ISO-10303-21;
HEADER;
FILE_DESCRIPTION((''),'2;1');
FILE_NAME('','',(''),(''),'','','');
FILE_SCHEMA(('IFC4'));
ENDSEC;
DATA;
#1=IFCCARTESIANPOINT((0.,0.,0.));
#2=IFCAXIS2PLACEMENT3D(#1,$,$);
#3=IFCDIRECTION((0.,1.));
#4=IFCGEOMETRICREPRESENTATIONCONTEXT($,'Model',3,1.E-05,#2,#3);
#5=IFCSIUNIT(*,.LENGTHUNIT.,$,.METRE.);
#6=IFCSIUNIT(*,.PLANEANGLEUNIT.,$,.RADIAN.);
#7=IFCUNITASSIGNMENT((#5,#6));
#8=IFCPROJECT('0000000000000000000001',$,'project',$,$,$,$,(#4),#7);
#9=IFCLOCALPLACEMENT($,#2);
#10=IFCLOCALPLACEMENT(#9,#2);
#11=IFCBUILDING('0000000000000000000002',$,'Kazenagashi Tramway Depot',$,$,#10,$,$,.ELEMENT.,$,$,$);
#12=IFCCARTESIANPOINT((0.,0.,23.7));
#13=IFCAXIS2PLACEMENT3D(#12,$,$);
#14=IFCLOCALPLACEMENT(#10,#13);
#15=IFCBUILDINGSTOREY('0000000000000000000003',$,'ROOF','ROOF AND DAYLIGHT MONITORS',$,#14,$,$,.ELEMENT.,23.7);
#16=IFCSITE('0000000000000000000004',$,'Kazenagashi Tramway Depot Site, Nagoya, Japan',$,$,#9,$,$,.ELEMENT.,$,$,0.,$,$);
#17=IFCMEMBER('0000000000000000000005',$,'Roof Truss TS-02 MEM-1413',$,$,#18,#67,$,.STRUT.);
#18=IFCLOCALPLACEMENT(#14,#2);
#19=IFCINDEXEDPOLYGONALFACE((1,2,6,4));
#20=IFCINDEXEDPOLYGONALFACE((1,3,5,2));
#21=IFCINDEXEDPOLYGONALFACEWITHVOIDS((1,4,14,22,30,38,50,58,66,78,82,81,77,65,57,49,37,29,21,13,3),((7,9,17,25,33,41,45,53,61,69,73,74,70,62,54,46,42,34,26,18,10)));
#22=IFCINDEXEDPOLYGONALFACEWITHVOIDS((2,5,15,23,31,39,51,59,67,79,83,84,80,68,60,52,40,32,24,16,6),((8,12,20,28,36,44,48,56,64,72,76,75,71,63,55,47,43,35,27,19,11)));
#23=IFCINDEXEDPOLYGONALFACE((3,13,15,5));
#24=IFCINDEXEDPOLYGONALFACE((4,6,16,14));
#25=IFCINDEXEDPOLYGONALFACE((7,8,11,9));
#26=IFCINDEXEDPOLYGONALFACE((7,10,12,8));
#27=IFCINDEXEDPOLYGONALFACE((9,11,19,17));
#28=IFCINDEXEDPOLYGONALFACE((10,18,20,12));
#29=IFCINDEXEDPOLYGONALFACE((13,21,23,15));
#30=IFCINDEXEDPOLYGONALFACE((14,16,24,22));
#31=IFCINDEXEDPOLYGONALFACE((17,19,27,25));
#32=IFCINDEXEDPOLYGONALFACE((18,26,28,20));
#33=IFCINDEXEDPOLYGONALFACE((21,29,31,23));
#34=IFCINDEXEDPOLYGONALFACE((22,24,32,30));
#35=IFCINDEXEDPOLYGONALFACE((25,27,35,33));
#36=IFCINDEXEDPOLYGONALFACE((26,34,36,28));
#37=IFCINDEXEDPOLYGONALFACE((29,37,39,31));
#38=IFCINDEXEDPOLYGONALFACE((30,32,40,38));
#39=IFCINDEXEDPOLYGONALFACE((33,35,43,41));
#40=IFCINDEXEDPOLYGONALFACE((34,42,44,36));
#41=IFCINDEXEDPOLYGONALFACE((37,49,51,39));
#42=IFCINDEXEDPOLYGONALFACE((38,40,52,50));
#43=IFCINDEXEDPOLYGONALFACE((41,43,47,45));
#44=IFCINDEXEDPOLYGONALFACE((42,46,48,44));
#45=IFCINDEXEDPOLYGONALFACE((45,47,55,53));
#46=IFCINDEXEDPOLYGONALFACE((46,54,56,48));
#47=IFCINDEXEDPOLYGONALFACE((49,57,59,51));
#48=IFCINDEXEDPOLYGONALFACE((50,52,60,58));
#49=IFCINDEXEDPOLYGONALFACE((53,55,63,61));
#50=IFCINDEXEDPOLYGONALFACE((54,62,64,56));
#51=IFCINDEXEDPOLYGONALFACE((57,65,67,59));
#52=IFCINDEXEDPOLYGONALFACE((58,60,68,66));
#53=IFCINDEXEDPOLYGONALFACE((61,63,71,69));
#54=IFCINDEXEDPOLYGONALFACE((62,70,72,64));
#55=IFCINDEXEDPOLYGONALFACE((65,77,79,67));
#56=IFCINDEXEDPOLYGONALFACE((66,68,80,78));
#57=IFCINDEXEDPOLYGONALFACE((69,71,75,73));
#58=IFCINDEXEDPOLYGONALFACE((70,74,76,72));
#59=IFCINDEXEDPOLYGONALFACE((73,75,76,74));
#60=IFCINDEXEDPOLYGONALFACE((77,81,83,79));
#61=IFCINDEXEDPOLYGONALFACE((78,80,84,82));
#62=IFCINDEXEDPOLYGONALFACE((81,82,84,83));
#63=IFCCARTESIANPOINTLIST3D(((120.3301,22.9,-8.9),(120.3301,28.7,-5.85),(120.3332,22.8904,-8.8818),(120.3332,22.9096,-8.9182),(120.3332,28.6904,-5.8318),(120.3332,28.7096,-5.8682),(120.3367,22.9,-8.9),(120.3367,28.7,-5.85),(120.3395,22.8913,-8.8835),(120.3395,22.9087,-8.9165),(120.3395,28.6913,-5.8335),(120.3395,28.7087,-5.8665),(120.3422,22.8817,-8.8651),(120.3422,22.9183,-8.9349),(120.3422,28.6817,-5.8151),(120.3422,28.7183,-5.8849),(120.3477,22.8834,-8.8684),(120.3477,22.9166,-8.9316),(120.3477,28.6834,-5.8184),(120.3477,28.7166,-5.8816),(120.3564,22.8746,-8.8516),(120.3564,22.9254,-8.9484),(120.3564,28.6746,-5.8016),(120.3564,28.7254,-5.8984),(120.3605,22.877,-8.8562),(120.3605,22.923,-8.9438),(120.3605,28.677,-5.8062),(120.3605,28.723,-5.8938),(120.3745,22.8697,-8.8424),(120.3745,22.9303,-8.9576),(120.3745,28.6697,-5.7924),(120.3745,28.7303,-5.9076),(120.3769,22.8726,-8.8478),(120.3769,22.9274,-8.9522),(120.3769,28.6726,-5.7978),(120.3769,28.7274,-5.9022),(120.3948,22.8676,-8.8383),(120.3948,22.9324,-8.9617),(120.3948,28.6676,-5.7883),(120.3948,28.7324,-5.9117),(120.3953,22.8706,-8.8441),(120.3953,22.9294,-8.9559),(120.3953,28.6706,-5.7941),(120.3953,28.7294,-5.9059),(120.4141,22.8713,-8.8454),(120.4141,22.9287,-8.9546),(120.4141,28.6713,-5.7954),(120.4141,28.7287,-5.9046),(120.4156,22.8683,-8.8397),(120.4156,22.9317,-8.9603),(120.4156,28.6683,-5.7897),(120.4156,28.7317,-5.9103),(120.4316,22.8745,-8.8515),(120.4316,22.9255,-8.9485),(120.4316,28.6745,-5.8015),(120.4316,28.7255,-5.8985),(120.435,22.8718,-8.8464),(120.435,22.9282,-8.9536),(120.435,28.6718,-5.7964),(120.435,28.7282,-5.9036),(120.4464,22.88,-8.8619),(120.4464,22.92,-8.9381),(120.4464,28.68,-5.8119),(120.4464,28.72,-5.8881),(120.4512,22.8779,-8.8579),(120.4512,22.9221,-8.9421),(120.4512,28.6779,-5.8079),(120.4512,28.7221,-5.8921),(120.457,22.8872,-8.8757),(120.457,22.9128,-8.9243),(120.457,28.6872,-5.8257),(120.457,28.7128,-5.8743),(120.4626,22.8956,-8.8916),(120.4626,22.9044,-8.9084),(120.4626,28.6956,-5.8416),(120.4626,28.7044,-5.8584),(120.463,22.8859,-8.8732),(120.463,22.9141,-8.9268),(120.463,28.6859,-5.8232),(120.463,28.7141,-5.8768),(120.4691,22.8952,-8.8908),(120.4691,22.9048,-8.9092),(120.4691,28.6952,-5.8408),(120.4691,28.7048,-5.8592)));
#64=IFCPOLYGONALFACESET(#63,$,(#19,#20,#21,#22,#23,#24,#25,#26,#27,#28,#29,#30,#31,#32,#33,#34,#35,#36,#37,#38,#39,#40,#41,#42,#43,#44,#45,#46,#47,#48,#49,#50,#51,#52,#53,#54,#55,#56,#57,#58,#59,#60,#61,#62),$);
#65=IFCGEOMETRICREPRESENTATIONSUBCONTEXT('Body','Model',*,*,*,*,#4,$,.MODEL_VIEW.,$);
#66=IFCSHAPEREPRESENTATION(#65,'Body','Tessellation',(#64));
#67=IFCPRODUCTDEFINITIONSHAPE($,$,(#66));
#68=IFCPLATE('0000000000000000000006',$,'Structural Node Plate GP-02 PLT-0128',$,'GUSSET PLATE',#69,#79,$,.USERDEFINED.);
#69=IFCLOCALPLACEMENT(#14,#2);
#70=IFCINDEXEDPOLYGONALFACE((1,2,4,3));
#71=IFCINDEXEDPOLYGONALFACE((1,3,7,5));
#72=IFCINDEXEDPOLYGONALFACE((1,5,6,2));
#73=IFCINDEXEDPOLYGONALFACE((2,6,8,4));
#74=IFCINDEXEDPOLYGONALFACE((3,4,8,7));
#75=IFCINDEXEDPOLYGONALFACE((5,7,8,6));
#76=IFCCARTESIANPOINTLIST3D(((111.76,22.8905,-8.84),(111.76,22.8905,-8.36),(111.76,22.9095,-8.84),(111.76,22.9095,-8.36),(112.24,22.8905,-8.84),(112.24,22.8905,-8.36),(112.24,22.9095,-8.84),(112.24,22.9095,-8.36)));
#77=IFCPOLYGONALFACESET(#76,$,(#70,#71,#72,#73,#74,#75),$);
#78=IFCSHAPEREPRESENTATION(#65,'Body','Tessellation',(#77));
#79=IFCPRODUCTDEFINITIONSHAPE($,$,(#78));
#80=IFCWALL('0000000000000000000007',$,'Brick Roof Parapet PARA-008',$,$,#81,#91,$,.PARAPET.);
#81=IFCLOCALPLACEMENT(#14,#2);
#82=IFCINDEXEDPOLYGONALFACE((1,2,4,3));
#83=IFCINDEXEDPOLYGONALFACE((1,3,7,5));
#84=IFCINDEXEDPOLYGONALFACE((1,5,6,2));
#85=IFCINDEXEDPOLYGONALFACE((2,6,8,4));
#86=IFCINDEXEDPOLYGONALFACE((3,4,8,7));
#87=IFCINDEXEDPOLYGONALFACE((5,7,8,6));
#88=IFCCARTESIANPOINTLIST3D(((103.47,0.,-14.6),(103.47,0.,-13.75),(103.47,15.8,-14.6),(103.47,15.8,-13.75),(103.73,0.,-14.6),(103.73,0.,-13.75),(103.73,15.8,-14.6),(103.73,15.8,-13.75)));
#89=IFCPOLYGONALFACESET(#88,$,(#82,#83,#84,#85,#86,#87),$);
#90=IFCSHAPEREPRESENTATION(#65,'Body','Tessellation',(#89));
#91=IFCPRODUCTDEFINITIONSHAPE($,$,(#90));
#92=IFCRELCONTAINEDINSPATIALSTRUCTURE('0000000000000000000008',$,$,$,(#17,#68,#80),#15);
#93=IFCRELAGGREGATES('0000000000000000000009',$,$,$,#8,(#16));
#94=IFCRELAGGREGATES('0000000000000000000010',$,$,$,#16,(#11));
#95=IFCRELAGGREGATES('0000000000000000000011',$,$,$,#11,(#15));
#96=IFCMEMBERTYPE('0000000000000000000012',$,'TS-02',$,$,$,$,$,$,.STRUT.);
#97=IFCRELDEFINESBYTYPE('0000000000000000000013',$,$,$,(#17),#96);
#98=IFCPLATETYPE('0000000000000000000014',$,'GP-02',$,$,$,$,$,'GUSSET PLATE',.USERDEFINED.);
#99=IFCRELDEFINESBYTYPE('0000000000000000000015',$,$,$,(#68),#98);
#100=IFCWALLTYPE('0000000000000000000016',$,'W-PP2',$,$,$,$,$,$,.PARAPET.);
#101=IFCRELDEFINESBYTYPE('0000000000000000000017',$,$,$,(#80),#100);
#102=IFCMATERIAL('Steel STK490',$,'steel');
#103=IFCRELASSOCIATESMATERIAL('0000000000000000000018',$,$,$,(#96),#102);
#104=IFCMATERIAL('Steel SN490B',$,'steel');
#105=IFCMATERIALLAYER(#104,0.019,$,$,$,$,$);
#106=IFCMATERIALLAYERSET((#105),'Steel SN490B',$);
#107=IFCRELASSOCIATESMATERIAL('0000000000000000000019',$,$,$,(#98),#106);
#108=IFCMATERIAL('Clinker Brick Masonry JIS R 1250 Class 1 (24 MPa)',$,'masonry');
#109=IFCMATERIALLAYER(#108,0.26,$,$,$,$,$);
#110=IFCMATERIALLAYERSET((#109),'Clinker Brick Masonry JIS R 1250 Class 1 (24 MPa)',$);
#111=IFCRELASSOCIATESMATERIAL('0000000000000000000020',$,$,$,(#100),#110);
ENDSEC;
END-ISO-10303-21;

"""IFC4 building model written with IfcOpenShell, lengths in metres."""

from ifc_helpers import new_model, si_unit, direction, frame, frame_2d, origin, origin_2d, place, context, subcontext, project, spatial, rectangle, hollow_circle, extrude, material, layer, layer_set, material_profile, profile_set, type_object, element, save


model = new_model("IFC4")

# Units and contexts
model_context = context("Model", 3, precision=1e-05, world=origin(), true_north=direction((0.0, 1.0)))
body_context = subcontext(model_context, "Body", "Model", "MODEL_VIEW")
ifc_project = project(units=[si_unit("LENGTHUNIT", "METRE"), si_unit("PLANEANGLEUNIT", "RADIAN")], contexts=[model_context])

# Site, building, storey
site_placement = place(None, origin())
site = spatial("IfcSite", under=ifc_project, at=site_placement, Name="Kazenagashi Tramway Depot Site, Nagoya, Japan", CompositionType="ELEMENT", RefElevation=0.0)
building_placement = place(site_placement, origin())
building = spatial("IfcBuilding", under=site, at=building_placement, Name="Kazenagashi Tramway Depot", CompositionType="ELEMENT")
storey_placement = place(building_placement, frame((0.0, 0.0, 23.7)))
storey = spatial("IfcBuildingStorey", under=building, at=storey_placement, Name="ROOF", Description="ROOF AND DAYLIGHT MONITORS", CompositionType="ELEMENT", Elevation=23.7)

# Shared definitions
ifc_material_1 = material(Name="Steel SN490B", Category="steel")

# Member
ifc_material_2 = material(Name="Steel STK490", Category="steel")
ifc_material_profile_1 = material_profile(ifc_material_2, hollow_circle(Radius=0.0699, WallThickness=0.0066, at=origin_2d()), Name="CHS-139.8x6.6")
ifc_profile_set_1 = profile_set([ifc_material_profile_1], Name="Steel STK490")
member_type_1 = type_object("IfcMemberType", Name="TS-02", PredefinedType="STRUT", material=ifc_profile_set_1)
member_1_placement = place(storey_placement, frame((120.4, 22.9, -8.9), z_axis=(0.0, 0.885084, 0.465432), x_axis=(-1.0, 0.0, 0.0)))
element("IfcMember", 1, at=member_1_placement, inside=storey, type_object=member_type_1, Name="Roof Truss TS-02 MEM-1413", PredefinedType="STRUT", context=body_context, shape_type="SweptSolid", body=[
    extrude(hollow_circle(Radius=0.0699, WallThickness=0.0066, at=origin_2d()), origin(), (0.0, 0.0, 1.0), 6.5531),
])

# Plate
ifc_layer_1 = layer(ifc_material_1, 0.019)
ifc_layer_set_1 = layer_set([ifc_layer_1], Name="Steel SN490B")
plate_type = type_object("IfcPlateType", Name="GP-02", ElementType="GUSSET PLATE", PredefinedType="USERDEFINED", material=ifc_layer_set_1)
plate_placement = place(storey_placement, frame((112.0, 22.9, -8.84), z_axis=(0.0, 0.0, 1.0), x_axis=(1.0, 0.0, 0.0)))
element("IfcPlate", 2, at=plate_placement, inside=storey, type_object=plate_type, Name="Structural Node Plate GP-02 PLT-0128", ObjectType="GUSSET PLATE", PredefinedType="USERDEFINED", context=body_context, shape_type="SweptSolid", body=[
    extrude(rectangle(XDim=0.48, YDim=0.019, at=origin_2d()), origin(), (0.0, 0.0, 1.0), 0.48),
])

# Wall
ifc_material_3 = material(Name="Clinker Brick Masonry JIS R 1250 Class 1 (24 MPa)", Category="masonry")
ifc_layer_2 = layer(ifc_material_3, 0.26)
ifc_layer_set_2 = layer_set([ifc_layer_2], Name="Clinker Brick Masonry JIS R 1250 Class 1 (24 MPa)")
wall_type = type_object("IfcWallType", Name="W-PP2", PredefinedType="PARAPET", material=ifc_layer_set_2)
wall_placement = place(storey_placement, frame((103.6, 15.8, -14.6), z_axis=(0.0, 0.0, 1.0), x_axis=(0.0, -1.0, 0.0)))
element("IfcWall", 3, at=wall_placement, inside=storey, type_object=wall_type, Name="Brick Roof Parapet PARA-008", PredefinedType="PARAPET", context=body_context, shape_type="SweptSolid", body=[
    extrude(rectangle(XDim=15.8, YDim=0.26, at=frame_2d((7.9, 0.0))), origin(), (0.0, 0.0, 1.0), 0.85),
])

save(model, "model.ifc")
